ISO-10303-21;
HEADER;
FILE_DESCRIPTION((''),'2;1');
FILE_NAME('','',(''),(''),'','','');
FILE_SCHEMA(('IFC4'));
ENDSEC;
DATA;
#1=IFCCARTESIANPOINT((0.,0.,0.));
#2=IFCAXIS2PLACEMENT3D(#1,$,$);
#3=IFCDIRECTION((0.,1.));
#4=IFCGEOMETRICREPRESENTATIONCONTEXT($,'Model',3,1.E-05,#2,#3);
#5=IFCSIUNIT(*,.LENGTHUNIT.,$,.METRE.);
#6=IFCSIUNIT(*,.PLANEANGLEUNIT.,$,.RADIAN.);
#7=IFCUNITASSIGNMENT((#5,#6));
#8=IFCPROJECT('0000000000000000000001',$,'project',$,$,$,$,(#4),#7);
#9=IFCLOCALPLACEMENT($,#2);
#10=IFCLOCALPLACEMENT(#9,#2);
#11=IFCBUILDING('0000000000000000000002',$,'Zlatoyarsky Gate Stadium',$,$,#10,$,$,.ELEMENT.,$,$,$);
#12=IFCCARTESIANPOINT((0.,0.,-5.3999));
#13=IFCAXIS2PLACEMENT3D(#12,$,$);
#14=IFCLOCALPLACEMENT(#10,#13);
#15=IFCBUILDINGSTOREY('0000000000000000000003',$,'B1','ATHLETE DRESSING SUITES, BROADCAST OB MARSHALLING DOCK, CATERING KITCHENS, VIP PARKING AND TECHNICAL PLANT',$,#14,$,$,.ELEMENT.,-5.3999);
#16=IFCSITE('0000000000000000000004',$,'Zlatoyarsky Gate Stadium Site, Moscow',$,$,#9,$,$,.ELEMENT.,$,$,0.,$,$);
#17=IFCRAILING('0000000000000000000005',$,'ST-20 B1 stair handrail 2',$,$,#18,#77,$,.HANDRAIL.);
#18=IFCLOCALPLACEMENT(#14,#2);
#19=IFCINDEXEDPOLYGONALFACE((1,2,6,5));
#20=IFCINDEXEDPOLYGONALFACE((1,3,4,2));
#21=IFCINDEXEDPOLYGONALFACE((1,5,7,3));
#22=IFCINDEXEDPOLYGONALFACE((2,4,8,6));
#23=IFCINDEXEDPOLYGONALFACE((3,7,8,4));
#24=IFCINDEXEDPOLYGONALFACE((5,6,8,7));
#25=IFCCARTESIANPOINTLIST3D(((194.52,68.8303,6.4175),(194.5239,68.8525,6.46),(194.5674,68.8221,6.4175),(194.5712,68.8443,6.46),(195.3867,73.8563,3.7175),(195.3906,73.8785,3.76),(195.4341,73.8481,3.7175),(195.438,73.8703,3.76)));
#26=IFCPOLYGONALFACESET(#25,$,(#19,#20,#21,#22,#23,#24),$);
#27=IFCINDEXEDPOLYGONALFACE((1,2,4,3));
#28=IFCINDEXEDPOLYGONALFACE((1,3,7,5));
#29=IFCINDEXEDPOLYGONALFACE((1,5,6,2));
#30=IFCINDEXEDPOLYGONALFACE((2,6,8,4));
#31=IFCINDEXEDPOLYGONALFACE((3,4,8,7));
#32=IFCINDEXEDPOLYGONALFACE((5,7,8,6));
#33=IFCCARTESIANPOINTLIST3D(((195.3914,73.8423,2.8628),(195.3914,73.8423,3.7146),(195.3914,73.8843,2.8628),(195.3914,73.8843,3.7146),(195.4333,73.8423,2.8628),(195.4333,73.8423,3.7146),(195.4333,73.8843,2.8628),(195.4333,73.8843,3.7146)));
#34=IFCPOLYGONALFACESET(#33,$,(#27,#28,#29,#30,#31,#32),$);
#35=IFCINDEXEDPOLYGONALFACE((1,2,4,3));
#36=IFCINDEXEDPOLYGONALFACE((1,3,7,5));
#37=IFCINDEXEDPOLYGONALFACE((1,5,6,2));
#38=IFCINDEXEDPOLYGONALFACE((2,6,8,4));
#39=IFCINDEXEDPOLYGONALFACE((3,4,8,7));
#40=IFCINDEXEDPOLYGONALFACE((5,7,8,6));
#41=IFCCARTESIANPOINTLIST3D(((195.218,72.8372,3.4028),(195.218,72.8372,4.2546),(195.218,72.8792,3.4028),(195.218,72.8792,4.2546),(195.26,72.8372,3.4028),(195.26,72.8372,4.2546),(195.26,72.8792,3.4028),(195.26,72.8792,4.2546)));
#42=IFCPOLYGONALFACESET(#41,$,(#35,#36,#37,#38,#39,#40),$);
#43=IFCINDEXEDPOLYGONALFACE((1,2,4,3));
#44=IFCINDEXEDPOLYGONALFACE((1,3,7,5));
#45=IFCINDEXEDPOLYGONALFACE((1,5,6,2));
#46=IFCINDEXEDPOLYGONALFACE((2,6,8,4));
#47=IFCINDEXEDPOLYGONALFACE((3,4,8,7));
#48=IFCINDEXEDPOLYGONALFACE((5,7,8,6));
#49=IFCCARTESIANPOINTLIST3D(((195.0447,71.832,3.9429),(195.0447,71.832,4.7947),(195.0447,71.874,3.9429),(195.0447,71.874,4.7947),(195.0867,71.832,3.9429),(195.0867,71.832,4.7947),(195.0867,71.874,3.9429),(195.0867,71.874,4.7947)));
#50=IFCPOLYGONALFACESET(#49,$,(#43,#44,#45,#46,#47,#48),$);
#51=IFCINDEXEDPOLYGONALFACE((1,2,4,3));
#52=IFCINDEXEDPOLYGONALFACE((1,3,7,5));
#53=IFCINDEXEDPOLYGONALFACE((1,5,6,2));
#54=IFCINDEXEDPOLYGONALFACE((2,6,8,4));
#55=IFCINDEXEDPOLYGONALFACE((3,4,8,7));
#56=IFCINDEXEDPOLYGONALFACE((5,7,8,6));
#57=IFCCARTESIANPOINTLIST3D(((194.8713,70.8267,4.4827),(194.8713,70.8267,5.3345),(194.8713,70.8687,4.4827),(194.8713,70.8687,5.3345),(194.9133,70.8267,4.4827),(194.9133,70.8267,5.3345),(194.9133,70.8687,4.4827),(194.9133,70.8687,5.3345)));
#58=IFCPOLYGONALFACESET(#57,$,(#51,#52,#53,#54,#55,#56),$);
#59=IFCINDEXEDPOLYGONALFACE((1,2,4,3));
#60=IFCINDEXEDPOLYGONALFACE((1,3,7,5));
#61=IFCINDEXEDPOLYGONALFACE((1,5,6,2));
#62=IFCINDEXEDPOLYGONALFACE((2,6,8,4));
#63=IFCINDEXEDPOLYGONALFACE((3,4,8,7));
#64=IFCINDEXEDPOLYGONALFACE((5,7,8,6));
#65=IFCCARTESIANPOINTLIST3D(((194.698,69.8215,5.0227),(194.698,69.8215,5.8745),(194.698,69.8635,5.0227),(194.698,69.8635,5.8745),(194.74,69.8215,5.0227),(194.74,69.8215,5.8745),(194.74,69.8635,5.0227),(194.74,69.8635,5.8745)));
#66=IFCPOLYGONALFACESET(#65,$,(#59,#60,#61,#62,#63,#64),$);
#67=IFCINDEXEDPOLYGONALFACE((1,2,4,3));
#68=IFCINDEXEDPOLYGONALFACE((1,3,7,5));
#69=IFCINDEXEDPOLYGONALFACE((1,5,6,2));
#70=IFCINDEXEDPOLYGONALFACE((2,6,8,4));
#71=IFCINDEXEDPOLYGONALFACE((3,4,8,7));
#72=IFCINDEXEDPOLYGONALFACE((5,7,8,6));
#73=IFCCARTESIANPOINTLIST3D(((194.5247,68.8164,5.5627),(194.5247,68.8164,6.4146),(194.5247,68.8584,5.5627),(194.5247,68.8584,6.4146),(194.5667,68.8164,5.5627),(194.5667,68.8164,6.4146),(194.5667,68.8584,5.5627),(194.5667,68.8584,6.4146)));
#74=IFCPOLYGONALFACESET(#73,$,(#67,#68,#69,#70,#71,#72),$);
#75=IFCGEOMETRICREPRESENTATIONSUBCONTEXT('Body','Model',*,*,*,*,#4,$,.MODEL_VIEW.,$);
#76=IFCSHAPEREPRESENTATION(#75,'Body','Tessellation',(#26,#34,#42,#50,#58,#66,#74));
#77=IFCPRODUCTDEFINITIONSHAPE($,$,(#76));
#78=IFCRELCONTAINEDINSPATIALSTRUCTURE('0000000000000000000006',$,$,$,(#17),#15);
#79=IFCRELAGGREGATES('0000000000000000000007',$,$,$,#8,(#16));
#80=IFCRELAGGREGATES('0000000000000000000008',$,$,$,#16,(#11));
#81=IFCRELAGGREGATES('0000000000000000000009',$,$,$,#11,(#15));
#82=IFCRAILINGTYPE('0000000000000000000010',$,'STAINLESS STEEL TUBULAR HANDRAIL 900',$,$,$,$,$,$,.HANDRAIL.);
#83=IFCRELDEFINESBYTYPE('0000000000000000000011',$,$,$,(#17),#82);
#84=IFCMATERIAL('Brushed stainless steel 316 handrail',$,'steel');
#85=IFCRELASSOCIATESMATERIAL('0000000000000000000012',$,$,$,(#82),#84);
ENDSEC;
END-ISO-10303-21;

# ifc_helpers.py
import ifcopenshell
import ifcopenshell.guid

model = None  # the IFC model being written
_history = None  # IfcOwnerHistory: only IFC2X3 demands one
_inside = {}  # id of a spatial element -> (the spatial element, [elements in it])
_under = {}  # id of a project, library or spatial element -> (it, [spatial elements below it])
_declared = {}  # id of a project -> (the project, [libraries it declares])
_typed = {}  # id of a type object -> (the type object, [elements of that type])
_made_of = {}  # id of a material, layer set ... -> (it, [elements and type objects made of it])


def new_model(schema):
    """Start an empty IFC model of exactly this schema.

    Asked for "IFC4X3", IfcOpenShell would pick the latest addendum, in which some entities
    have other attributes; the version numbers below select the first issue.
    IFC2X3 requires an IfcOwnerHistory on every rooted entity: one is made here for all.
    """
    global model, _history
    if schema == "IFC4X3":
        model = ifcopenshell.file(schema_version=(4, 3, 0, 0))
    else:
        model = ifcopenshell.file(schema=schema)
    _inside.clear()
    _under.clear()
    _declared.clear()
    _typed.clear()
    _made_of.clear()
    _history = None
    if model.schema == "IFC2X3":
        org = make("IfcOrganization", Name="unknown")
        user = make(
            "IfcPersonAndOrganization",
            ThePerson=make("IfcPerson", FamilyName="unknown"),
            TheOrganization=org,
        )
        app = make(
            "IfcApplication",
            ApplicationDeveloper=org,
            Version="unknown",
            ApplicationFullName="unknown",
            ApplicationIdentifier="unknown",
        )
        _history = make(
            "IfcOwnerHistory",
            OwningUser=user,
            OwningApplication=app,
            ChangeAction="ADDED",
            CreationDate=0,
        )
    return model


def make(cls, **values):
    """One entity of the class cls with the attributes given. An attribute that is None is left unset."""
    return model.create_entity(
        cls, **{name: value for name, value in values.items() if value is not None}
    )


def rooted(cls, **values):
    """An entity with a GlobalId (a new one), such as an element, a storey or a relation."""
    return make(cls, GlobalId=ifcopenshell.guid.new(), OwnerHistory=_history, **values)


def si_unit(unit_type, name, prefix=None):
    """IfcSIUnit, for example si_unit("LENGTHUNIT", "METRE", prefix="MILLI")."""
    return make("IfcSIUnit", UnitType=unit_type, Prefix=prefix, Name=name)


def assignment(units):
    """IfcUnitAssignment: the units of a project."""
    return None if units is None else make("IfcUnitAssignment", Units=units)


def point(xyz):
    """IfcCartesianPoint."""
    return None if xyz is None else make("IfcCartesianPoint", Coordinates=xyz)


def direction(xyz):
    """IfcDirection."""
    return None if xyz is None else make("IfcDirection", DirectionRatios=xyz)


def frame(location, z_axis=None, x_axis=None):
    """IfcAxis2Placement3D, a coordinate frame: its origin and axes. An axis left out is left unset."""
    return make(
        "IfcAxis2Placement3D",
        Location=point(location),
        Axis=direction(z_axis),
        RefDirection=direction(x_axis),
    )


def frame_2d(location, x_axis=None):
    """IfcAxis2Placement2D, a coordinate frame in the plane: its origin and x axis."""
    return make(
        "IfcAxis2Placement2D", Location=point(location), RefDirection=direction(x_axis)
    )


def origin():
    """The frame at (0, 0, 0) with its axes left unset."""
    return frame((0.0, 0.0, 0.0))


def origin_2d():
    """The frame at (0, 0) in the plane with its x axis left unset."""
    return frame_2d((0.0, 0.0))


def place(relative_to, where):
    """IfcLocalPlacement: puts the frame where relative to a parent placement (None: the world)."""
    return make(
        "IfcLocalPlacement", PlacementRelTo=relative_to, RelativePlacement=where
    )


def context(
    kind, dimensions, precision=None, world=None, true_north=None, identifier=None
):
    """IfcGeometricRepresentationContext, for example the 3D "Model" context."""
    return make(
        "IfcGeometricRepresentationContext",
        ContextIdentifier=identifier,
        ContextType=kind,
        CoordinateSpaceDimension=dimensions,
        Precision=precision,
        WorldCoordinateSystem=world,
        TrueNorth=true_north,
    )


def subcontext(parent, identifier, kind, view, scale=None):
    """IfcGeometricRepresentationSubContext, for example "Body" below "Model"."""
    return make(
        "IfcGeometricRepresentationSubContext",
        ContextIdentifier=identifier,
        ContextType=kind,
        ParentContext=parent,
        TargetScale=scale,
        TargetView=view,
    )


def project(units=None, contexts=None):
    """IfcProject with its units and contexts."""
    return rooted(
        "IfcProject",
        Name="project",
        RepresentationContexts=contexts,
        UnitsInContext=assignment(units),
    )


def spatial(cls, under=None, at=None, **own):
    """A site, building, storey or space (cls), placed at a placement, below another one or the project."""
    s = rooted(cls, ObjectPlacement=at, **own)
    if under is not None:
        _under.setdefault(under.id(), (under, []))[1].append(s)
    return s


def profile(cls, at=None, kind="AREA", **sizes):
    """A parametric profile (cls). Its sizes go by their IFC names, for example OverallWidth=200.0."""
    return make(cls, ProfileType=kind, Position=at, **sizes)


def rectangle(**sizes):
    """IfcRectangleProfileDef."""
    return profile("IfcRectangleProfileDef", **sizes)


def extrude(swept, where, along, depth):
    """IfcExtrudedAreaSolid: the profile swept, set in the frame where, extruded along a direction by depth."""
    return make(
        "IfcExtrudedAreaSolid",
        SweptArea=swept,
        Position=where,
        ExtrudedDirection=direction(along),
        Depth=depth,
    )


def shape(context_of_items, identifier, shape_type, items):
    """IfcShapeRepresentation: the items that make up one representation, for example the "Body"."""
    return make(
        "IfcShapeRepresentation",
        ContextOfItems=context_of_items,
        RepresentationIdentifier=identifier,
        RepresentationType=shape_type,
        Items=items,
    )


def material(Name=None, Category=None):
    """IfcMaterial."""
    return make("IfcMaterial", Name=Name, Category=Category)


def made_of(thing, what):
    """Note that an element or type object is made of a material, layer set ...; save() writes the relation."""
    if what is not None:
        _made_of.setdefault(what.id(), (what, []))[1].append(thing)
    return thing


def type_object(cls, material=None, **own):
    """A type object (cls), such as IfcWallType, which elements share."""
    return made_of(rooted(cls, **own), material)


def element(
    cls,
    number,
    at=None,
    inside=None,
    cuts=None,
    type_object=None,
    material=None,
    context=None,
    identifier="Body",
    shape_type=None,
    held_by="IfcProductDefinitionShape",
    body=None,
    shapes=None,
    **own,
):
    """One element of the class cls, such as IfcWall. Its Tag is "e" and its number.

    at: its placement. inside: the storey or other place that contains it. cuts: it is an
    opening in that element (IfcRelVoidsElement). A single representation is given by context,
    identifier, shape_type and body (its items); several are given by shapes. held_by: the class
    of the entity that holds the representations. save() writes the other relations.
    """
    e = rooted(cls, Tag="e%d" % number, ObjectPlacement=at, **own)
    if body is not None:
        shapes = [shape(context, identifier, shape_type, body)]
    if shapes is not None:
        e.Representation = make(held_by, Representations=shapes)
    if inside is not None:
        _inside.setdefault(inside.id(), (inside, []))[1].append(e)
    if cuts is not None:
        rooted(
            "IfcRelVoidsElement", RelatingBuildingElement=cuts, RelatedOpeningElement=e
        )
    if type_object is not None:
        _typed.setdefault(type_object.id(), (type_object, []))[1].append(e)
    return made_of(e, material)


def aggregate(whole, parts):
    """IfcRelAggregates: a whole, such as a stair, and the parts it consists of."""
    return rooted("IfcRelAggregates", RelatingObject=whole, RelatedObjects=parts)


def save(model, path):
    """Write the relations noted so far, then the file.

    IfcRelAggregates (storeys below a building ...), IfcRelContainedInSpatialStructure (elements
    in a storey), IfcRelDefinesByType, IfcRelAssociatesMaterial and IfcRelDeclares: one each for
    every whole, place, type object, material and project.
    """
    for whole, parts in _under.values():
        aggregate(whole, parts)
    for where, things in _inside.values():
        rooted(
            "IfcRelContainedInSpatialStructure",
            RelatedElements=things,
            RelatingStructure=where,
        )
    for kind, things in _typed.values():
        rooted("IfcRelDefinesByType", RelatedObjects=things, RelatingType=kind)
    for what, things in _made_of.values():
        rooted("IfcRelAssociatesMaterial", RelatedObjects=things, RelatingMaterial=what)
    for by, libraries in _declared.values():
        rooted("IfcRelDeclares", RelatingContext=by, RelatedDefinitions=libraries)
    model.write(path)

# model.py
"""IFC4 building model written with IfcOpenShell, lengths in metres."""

from ifc_helpers import new_model, si_unit, direction, frame, origin, origin_2d, place, context, subcontext, project, spatial, rectangle, extrude, material, type_object, element, save


model = new_model("IFC4")

# Units and contexts
model_context = context("Model", 3, precision=1e-05, world=origin(), true_north=direction((0.0, 1.0)))
body_context = subcontext(model_context, "Body", "Model", "MODEL_VIEW")
ifc_project = project(units=[si_unit("LENGTHUNIT", "METRE"), si_unit("PLANEANGLEUNIT", "RADIAN")], contexts=[model_context])

# Site, building, storey
site_placement = place(None, origin())
site = spatial("IfcSite", under=ifc_project, at=site_placement, Name="Zlatoyarsky Gate Stadium Site, Moscow", CompositionType="ELEMENT", RefElevation=0.0)
building_placement = place(site_placement, origin())
building = spatial("IfcBuilding", under=site, at=building_placement, Name="Zlatoyarsky Gate Stadium", CompositionType="ELEMENT")
storey_placement = place(building_placement, frame((0.0, 0.0, -5.3999)))
storey = spatial("IfcBuildingStorey", under=building, at=storey_placement, Name="B1", Description="ATHLETE DRESSING SUITES, BROADCAST OB MARSHALLING DOCK, CATERING KITCHENS, VIP PARKING AND TECHNICAL PLANT", CompositionType="ELEMENT", Elevation=-5.3999)

# Railing
ifc_material_1 = material(Name="Brushed stainless steel 316 handrail", Category="steel")
railing_type_1 = type_object("IfcRailingType", Name="STAINLESS STEEL TUBULAR HANDRAIL 900", PredefinedType="HANDRAIL", material=ifc_material_1)
railing_1_placement = place(storey_placement, frame((195.4124, 73.8633, 2.8628)))
element("IfcRailing", 1, at=railing_1_placement, inside=storey, type_object=railing_type_1, Name="ST-20 B1 stair handrail 2", PredefinedType="HANDRAIL", context=body_context, shape_type="SweptSolid", body=[
    extrude(rectangle(XDim=0.0481, YDim=0.0481, at=origin_2d()), frame((0.0, 0.0, 0.876), z_axis=(-0.150191, -0.870939, 0.467877), x_axis=(0.985455, -0.169939, 0.0)), (0.0, 0.0, 1.0), 5.7708),
    extrude(rectangle(XDim=0.042, YDim=0.042, at=origin_2d()), origin(), (0.0, 0.0, 1.0), 0.8518),
    extrude(rectangle(XDim=0.042, YDim=0.042, at=origin_2d()), frame((-0.1733, -1.0051, 0.54)), (0.0, 0.0, 1.0), 0.8518),
    extrude(rectangle(XDim=0.042, YDim=0.042, at=origin_2d()), frame((-0.3467, -2.0103, 1.0801)), (0.0, 0.0, 1.0), 0.8518),
    extrude(rectangle(XDim=0.042, YDim=0.042, at=origin_2d()), frame((-0.52, -3.0156, 1.6199)), (0.0, 0.0, 1.0), 0.8518),
    extrude(rectangle(XDim=0.042, YDim=0.042, at=origin_2d()), frame((-0.6934, -4.0208, 2.1599)), (0.0, 0.0, 1.0), 0.8518),
    extrude(rectangle(XDim=0.042, YDim=0.042, at=origin_2d()), frame((-0.8667, -5.0259, 2.7)), (0.0, 0.0, 1.0), 0.8518),
])

save(model, "model.ifc")
